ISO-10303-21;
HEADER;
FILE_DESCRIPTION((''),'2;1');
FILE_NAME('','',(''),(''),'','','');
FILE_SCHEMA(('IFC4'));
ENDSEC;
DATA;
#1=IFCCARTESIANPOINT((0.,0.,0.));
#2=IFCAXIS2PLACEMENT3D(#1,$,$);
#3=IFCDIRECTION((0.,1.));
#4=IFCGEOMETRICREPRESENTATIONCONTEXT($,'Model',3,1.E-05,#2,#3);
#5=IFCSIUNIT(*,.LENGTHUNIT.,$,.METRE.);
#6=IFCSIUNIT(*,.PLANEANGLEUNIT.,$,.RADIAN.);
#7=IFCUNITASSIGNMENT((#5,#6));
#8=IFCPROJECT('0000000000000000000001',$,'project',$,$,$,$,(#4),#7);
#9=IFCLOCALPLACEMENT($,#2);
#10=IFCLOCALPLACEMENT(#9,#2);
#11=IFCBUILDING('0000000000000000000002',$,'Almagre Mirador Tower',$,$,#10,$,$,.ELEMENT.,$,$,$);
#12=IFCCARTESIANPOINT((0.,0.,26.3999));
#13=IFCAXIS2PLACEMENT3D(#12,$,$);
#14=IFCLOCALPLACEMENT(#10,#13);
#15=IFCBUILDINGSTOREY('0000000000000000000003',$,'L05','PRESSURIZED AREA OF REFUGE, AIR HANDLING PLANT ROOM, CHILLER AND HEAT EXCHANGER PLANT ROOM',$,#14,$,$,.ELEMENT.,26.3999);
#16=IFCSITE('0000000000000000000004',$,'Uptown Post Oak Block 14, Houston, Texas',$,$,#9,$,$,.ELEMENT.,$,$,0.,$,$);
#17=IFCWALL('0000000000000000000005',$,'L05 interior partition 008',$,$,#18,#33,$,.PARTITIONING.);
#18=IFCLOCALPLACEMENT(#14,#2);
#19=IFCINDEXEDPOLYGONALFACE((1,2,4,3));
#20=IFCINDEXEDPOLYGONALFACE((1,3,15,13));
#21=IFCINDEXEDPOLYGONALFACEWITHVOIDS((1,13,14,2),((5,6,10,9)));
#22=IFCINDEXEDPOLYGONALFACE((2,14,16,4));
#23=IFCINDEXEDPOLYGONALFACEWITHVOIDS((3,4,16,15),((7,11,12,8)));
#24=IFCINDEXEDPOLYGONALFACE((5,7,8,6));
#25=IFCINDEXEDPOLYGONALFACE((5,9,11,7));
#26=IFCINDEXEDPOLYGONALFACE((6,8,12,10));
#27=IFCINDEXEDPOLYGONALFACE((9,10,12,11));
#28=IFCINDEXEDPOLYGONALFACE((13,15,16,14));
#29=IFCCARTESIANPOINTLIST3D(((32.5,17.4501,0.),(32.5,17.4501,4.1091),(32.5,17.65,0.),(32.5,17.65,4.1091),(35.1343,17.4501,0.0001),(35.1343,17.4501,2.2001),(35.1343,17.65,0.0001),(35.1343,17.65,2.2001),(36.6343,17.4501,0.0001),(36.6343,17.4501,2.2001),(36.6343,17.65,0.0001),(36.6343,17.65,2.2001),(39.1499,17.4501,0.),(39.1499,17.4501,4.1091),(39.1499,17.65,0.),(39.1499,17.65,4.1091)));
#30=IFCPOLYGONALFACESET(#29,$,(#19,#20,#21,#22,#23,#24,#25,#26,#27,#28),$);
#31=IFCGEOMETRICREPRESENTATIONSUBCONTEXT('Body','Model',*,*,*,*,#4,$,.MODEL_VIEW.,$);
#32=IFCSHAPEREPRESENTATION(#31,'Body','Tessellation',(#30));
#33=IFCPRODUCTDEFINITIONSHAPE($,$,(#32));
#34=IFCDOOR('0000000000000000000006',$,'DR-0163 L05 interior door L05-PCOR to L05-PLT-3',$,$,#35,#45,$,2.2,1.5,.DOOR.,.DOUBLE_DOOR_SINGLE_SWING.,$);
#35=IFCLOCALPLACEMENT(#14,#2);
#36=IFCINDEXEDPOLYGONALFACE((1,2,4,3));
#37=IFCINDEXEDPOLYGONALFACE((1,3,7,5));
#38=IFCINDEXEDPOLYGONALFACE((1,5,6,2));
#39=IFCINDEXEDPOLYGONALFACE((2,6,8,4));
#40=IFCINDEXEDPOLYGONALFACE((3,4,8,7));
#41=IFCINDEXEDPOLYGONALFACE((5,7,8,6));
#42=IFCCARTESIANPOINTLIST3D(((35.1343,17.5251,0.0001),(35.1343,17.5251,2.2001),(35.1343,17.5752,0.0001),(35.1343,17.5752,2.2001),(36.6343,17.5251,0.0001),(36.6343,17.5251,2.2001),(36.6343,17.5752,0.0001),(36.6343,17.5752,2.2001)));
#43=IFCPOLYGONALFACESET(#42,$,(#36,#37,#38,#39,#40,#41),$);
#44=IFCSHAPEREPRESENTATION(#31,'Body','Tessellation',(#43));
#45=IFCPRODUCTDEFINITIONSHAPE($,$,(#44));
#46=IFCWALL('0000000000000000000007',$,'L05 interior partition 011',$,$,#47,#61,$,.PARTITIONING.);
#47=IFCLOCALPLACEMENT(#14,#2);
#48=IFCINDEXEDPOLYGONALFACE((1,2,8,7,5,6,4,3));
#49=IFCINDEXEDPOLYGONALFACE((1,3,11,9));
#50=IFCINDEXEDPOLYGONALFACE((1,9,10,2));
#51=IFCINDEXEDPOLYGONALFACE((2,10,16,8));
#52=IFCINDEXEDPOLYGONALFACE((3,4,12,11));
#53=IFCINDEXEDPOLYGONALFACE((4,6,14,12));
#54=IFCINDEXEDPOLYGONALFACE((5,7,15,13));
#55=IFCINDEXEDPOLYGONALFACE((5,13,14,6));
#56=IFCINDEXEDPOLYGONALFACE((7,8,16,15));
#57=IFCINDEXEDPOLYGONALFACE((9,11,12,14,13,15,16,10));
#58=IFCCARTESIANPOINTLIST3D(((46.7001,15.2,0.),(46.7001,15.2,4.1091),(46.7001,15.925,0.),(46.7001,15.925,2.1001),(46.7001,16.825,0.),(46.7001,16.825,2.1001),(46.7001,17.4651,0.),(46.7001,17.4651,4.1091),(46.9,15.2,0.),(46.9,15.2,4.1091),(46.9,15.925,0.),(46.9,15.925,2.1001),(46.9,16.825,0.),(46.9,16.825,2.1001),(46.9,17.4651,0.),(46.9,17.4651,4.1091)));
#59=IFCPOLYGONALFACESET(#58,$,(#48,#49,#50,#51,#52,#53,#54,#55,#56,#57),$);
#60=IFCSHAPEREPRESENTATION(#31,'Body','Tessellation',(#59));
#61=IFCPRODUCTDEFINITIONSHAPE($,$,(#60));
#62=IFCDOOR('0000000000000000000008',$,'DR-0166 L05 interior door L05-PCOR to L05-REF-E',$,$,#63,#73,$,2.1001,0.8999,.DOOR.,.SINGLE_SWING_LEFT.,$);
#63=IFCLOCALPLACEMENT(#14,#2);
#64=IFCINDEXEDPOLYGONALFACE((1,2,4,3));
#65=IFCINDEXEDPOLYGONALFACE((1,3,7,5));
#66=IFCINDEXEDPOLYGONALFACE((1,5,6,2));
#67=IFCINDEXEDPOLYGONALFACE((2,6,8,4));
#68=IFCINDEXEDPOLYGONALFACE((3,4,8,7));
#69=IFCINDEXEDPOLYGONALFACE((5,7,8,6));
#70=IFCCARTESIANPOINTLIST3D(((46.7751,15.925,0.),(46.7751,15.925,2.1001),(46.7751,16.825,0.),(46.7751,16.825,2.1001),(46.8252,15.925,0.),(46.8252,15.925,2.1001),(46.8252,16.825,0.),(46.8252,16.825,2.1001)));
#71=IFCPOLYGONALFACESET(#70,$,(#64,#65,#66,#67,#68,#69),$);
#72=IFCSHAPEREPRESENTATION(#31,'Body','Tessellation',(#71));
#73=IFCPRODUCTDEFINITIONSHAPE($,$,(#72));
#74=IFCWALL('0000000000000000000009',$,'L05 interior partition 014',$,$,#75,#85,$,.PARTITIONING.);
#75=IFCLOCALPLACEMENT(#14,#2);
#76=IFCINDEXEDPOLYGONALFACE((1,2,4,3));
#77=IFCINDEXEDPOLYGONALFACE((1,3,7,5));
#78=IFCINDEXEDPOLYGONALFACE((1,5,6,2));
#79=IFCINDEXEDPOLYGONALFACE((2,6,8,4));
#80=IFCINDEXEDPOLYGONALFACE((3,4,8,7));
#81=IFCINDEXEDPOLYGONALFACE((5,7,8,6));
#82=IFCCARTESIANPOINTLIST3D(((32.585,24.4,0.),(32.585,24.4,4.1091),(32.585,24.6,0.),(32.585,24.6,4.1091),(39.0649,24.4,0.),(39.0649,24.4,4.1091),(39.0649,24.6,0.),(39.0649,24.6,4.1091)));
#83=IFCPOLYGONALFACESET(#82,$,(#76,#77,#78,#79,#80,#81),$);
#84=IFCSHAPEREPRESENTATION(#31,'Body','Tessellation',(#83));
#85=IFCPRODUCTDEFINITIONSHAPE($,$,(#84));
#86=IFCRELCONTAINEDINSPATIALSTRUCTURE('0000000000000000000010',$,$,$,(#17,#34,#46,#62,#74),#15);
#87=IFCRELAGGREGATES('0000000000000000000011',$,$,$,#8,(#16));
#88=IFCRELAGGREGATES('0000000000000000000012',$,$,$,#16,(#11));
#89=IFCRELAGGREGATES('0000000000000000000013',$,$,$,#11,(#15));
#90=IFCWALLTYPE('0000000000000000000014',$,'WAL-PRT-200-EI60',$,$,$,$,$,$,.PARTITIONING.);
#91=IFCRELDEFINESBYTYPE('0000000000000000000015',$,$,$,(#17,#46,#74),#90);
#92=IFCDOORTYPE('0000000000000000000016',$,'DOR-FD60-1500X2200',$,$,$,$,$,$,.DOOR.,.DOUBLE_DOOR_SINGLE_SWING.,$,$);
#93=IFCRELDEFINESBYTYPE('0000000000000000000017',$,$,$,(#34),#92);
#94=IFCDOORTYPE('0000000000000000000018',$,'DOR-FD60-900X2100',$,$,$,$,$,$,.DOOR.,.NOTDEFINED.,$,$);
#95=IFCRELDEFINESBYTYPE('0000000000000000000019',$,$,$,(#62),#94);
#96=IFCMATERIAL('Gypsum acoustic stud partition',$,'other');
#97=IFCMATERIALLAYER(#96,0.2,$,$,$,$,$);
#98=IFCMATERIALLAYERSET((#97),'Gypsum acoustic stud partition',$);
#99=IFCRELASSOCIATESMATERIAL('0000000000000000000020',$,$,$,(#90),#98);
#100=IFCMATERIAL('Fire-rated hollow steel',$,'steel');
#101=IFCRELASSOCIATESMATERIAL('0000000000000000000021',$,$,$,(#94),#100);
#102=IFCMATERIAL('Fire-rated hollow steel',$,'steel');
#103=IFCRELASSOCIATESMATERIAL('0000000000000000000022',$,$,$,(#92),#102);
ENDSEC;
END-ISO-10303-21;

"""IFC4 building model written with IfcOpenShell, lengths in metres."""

from ifc_helpers import new_model, si_unit, direction, frame, frame_2d, origin, place, context, subcontext, project, spatial, rectangle, extrude, material, layer, layer_set, type_object, element, fill, save


model = new_model("IFC4")

# Units and contexts
model_context = context("Model", 3, precision=1e-05, world=origin(), true_north=direction((0.0, 1.0)))
body_context = subcontext(model_context, "Body", "Model", "MODEL_VIEW")
ifc_project = project(units=[si_unit("LENGTHUNIT", "METRE"), si_unit("PLANEANGLEUNIT", "RADIAN")], contexts=[model_context])

# Site, building, storey
site_placement = place(None, origin())
site = spatial("IfcSite", under=ifc_project, at=site_placement, Name="Uptown Post Oak Block 14, Houston, Texas", CompositionType="ELEMENT", RefElevation=0.0)
building_placement = place(site_placement, origin())
building = spatial("IfcBuilding", under=site, at=building_placement, Name="Almagre Mirador Tower", CompositionType="ELEMENT")
storey_placement = place(building_placement, frame((0.0, 0.0, 26.3999)))
storey = spatial("IfcBuildingStorey", under=building, at=storey_placement, Name="L05", Description="PRESSURIZED AREA OF REFUGE, AIR HANDLING PLANT ROOM, CHILLER AND HEAT EXCHANGER PLANT ROOM", CompositionType="ELEMENT", Elevation=26.3999)

# Shared definitions
ifc_material_1 = material(Name="Gypsum acoustic stud partition", Category="other")
ifc_layer_1 = layer(ifc_material_1, 0.2)
ifc_layer_set_1 = layer_set([ifc_layer_1], Name="Gypsum acoustic stud partition")
wall_type = type_object("IfcWallType", Name="WAL-PRT-200-EI60", PredefinedType="PARTITIONING", material=ifc_layer_set_1)
ifc_material_2 = material(Name="Fire-rated hollow steel", Category="steel")
door_type_1 = type_object("IfcDoorType", Name="DOR-FD60-900X2100", OperationType="NOTDEFINED", PredefinedType="DOOR", material=ifc_material_2)

# Walls, openings, doors
wall_1_placement = place(storey_placement, frame((39.1499, 17.55, 0.0), z_axis=(0.0, 0.0, 1.0), x_axis=(-1.0, 0.0, 0.0)))
wall_1 = element("IfcWall", 1, at=wall_1_placement, inside=storey, type_object=wall_type, Name="L05 interior partition 008", PredefinedType="PARTITIONING", context=body_context, shape_type="SweptSolid", body=[
    extrude(rectangle(XDim=6.6499, YDim=0.2, at=frame_2d((3.325, 0.0))), origin(), (0.0, 0.0, 1.0), 4.1091),
])
opening_1_placement = place(wall_1_placement, frame((2.5156, 0.0, 0.0)))
opening_1 = element("IfcOpeningElement", 2, at=opening_1_placement, cuts=wall_1, PredefinedType="OPENING", context=body_context, shape_type="SweptSolid", body=[
    extrude(rectangle(XDim=1.5, YDim=2.2, at=frame_2d((0.75, 1.1001))), frame((0.0, 0.1101, 0.0), z_axis=(0.0, -1.0, 0.0), x_axis=(1.0, 0.0, 0.0)), (0.0, 0.0, 1.0), 0.22),
])
ifc_material_3 = material(Name="Fire-rated hollow steel", Category="steel")
door_type_2 = type_object("IfcDoorType", Name="DOR-FD60-1500X2200", OperationType="DOUBLE_DOOR_SINGLE_SWING", PredefinedType="DOOR", material=ifc_material_3)
door_1_placement = place(opening_1_placement, origin())
door_1 = element("IfcDoor", 3, at=door_1_placement, inside=storey, type_object=door_type_2, Name="DR-0163 L05 interior door L05-PCOR to L05-PLT-3", OperationType="DOUBLE_DOOR_SINGLE_SWING", OverallHeight=2.2, OverallWidth=1.5, PredefinedType="DOOR", context=body_context, shape_type="SweptSolid", body=[
    extrude(rectangle(XDim=1.5, YDim=2.2, at=frame_2d((0.75, 1.1001))), frame((0.0, 0.0249, 0.0), z_axis=(0.0, -1.0, 0.0), x_axis=(1.0, 0.0, 0.0)), (0.0, 0.0, 1.0), 0.05),
])
fill(opening_1, door_1)
wall_2_placement = place(storey_placement, frame((46.8, 15.2, 0.0), z_axis=(0.0, 0.0, 1.0), x_axis=(0.0, 1.0, 0.0)))
wall_2 = element("IfcWall", 4, at=wall_2_placement, inside=storey, type_object=wall_type, Name="L05 interior partition 011", PredefinedType="PARTITIONING", context=body_context, shape_type="SweptSolid", body=[
    extrude(rectangle(XDim=2.2651, YDim=0.2, at=frame_2d((1.1326, 0.0))), origin(), (0.0, 0.0, 1.0), 4.1091),
])
opening_2_placement = place(wall_2_placement, frame((0.7251, 0.0, 0.0)))
opening_2 = element("IfcOpeningElement", 5, at=opening_2_placement, cuts=wall_2, PredefinedType="OPENING", context=body_context, shape_type="SweptSolid", body=[
    extrude(rectangle(XDim=0.8999, YDim=2.1001, at=frame_2d((0.45, 1.05))), frame((0.0, 0.1101, 0.0), z_axis=(0.0, -1.0, 0.0), x_axis=(1.0, 0.0, 0.0)), (0.0, 0.0, 1.0), 0.22),
])
door_2_placement = place(opening_2_placement, origin())
door_2 = element("IfcDoor", 6, at=door_2_placement, inside=storey, type_object=door_type_1, Name="DR-0166 L05 interior door L05-PCOR to L05-REF-E", OperationType="SINGLE_SWING_LEFT", OverallHeight=2.1001, OverallWidth=0.8999, PredefinedType="DOOR", context=body_context, shape_type="SweptSolid", body=[
    extrude(rectangle(XDim=0.8999, YDim=2.1001, at=frame_2d((0.45, 1.05))), frame((0.0, 0.0249, 0.0), z_axis=(0.0, -1.0, 0.0), x_axis=(1.0, 0.0, 0.0)), (0.0, 0.0, 1.0), 0.05),
])
fill(opening_2, door_2)

# Wall
wall_3_placement = place(storey_placement, frame((39.0649, 24.5, 0.0), z_axis=(0.0, 0.0, 1.0), x_axis=(-1.0, 0.0, 0.0)))
element("IfcWall", 7, at=wall_3_placement, inside=storey, type_object=wall_type, Name="L05 interior partition 014", PredefinedType="PARTITIONING", context=body_context, shape_type="SweptSolid", body=[
    extrude(rectangle(XDim=6.48, YDim=0.2, at=frame_2d((3.24, 0.0))), origin(), (0.0, 0.0, 1.0), 4.1091),
])

save(model, "model.ifc")
